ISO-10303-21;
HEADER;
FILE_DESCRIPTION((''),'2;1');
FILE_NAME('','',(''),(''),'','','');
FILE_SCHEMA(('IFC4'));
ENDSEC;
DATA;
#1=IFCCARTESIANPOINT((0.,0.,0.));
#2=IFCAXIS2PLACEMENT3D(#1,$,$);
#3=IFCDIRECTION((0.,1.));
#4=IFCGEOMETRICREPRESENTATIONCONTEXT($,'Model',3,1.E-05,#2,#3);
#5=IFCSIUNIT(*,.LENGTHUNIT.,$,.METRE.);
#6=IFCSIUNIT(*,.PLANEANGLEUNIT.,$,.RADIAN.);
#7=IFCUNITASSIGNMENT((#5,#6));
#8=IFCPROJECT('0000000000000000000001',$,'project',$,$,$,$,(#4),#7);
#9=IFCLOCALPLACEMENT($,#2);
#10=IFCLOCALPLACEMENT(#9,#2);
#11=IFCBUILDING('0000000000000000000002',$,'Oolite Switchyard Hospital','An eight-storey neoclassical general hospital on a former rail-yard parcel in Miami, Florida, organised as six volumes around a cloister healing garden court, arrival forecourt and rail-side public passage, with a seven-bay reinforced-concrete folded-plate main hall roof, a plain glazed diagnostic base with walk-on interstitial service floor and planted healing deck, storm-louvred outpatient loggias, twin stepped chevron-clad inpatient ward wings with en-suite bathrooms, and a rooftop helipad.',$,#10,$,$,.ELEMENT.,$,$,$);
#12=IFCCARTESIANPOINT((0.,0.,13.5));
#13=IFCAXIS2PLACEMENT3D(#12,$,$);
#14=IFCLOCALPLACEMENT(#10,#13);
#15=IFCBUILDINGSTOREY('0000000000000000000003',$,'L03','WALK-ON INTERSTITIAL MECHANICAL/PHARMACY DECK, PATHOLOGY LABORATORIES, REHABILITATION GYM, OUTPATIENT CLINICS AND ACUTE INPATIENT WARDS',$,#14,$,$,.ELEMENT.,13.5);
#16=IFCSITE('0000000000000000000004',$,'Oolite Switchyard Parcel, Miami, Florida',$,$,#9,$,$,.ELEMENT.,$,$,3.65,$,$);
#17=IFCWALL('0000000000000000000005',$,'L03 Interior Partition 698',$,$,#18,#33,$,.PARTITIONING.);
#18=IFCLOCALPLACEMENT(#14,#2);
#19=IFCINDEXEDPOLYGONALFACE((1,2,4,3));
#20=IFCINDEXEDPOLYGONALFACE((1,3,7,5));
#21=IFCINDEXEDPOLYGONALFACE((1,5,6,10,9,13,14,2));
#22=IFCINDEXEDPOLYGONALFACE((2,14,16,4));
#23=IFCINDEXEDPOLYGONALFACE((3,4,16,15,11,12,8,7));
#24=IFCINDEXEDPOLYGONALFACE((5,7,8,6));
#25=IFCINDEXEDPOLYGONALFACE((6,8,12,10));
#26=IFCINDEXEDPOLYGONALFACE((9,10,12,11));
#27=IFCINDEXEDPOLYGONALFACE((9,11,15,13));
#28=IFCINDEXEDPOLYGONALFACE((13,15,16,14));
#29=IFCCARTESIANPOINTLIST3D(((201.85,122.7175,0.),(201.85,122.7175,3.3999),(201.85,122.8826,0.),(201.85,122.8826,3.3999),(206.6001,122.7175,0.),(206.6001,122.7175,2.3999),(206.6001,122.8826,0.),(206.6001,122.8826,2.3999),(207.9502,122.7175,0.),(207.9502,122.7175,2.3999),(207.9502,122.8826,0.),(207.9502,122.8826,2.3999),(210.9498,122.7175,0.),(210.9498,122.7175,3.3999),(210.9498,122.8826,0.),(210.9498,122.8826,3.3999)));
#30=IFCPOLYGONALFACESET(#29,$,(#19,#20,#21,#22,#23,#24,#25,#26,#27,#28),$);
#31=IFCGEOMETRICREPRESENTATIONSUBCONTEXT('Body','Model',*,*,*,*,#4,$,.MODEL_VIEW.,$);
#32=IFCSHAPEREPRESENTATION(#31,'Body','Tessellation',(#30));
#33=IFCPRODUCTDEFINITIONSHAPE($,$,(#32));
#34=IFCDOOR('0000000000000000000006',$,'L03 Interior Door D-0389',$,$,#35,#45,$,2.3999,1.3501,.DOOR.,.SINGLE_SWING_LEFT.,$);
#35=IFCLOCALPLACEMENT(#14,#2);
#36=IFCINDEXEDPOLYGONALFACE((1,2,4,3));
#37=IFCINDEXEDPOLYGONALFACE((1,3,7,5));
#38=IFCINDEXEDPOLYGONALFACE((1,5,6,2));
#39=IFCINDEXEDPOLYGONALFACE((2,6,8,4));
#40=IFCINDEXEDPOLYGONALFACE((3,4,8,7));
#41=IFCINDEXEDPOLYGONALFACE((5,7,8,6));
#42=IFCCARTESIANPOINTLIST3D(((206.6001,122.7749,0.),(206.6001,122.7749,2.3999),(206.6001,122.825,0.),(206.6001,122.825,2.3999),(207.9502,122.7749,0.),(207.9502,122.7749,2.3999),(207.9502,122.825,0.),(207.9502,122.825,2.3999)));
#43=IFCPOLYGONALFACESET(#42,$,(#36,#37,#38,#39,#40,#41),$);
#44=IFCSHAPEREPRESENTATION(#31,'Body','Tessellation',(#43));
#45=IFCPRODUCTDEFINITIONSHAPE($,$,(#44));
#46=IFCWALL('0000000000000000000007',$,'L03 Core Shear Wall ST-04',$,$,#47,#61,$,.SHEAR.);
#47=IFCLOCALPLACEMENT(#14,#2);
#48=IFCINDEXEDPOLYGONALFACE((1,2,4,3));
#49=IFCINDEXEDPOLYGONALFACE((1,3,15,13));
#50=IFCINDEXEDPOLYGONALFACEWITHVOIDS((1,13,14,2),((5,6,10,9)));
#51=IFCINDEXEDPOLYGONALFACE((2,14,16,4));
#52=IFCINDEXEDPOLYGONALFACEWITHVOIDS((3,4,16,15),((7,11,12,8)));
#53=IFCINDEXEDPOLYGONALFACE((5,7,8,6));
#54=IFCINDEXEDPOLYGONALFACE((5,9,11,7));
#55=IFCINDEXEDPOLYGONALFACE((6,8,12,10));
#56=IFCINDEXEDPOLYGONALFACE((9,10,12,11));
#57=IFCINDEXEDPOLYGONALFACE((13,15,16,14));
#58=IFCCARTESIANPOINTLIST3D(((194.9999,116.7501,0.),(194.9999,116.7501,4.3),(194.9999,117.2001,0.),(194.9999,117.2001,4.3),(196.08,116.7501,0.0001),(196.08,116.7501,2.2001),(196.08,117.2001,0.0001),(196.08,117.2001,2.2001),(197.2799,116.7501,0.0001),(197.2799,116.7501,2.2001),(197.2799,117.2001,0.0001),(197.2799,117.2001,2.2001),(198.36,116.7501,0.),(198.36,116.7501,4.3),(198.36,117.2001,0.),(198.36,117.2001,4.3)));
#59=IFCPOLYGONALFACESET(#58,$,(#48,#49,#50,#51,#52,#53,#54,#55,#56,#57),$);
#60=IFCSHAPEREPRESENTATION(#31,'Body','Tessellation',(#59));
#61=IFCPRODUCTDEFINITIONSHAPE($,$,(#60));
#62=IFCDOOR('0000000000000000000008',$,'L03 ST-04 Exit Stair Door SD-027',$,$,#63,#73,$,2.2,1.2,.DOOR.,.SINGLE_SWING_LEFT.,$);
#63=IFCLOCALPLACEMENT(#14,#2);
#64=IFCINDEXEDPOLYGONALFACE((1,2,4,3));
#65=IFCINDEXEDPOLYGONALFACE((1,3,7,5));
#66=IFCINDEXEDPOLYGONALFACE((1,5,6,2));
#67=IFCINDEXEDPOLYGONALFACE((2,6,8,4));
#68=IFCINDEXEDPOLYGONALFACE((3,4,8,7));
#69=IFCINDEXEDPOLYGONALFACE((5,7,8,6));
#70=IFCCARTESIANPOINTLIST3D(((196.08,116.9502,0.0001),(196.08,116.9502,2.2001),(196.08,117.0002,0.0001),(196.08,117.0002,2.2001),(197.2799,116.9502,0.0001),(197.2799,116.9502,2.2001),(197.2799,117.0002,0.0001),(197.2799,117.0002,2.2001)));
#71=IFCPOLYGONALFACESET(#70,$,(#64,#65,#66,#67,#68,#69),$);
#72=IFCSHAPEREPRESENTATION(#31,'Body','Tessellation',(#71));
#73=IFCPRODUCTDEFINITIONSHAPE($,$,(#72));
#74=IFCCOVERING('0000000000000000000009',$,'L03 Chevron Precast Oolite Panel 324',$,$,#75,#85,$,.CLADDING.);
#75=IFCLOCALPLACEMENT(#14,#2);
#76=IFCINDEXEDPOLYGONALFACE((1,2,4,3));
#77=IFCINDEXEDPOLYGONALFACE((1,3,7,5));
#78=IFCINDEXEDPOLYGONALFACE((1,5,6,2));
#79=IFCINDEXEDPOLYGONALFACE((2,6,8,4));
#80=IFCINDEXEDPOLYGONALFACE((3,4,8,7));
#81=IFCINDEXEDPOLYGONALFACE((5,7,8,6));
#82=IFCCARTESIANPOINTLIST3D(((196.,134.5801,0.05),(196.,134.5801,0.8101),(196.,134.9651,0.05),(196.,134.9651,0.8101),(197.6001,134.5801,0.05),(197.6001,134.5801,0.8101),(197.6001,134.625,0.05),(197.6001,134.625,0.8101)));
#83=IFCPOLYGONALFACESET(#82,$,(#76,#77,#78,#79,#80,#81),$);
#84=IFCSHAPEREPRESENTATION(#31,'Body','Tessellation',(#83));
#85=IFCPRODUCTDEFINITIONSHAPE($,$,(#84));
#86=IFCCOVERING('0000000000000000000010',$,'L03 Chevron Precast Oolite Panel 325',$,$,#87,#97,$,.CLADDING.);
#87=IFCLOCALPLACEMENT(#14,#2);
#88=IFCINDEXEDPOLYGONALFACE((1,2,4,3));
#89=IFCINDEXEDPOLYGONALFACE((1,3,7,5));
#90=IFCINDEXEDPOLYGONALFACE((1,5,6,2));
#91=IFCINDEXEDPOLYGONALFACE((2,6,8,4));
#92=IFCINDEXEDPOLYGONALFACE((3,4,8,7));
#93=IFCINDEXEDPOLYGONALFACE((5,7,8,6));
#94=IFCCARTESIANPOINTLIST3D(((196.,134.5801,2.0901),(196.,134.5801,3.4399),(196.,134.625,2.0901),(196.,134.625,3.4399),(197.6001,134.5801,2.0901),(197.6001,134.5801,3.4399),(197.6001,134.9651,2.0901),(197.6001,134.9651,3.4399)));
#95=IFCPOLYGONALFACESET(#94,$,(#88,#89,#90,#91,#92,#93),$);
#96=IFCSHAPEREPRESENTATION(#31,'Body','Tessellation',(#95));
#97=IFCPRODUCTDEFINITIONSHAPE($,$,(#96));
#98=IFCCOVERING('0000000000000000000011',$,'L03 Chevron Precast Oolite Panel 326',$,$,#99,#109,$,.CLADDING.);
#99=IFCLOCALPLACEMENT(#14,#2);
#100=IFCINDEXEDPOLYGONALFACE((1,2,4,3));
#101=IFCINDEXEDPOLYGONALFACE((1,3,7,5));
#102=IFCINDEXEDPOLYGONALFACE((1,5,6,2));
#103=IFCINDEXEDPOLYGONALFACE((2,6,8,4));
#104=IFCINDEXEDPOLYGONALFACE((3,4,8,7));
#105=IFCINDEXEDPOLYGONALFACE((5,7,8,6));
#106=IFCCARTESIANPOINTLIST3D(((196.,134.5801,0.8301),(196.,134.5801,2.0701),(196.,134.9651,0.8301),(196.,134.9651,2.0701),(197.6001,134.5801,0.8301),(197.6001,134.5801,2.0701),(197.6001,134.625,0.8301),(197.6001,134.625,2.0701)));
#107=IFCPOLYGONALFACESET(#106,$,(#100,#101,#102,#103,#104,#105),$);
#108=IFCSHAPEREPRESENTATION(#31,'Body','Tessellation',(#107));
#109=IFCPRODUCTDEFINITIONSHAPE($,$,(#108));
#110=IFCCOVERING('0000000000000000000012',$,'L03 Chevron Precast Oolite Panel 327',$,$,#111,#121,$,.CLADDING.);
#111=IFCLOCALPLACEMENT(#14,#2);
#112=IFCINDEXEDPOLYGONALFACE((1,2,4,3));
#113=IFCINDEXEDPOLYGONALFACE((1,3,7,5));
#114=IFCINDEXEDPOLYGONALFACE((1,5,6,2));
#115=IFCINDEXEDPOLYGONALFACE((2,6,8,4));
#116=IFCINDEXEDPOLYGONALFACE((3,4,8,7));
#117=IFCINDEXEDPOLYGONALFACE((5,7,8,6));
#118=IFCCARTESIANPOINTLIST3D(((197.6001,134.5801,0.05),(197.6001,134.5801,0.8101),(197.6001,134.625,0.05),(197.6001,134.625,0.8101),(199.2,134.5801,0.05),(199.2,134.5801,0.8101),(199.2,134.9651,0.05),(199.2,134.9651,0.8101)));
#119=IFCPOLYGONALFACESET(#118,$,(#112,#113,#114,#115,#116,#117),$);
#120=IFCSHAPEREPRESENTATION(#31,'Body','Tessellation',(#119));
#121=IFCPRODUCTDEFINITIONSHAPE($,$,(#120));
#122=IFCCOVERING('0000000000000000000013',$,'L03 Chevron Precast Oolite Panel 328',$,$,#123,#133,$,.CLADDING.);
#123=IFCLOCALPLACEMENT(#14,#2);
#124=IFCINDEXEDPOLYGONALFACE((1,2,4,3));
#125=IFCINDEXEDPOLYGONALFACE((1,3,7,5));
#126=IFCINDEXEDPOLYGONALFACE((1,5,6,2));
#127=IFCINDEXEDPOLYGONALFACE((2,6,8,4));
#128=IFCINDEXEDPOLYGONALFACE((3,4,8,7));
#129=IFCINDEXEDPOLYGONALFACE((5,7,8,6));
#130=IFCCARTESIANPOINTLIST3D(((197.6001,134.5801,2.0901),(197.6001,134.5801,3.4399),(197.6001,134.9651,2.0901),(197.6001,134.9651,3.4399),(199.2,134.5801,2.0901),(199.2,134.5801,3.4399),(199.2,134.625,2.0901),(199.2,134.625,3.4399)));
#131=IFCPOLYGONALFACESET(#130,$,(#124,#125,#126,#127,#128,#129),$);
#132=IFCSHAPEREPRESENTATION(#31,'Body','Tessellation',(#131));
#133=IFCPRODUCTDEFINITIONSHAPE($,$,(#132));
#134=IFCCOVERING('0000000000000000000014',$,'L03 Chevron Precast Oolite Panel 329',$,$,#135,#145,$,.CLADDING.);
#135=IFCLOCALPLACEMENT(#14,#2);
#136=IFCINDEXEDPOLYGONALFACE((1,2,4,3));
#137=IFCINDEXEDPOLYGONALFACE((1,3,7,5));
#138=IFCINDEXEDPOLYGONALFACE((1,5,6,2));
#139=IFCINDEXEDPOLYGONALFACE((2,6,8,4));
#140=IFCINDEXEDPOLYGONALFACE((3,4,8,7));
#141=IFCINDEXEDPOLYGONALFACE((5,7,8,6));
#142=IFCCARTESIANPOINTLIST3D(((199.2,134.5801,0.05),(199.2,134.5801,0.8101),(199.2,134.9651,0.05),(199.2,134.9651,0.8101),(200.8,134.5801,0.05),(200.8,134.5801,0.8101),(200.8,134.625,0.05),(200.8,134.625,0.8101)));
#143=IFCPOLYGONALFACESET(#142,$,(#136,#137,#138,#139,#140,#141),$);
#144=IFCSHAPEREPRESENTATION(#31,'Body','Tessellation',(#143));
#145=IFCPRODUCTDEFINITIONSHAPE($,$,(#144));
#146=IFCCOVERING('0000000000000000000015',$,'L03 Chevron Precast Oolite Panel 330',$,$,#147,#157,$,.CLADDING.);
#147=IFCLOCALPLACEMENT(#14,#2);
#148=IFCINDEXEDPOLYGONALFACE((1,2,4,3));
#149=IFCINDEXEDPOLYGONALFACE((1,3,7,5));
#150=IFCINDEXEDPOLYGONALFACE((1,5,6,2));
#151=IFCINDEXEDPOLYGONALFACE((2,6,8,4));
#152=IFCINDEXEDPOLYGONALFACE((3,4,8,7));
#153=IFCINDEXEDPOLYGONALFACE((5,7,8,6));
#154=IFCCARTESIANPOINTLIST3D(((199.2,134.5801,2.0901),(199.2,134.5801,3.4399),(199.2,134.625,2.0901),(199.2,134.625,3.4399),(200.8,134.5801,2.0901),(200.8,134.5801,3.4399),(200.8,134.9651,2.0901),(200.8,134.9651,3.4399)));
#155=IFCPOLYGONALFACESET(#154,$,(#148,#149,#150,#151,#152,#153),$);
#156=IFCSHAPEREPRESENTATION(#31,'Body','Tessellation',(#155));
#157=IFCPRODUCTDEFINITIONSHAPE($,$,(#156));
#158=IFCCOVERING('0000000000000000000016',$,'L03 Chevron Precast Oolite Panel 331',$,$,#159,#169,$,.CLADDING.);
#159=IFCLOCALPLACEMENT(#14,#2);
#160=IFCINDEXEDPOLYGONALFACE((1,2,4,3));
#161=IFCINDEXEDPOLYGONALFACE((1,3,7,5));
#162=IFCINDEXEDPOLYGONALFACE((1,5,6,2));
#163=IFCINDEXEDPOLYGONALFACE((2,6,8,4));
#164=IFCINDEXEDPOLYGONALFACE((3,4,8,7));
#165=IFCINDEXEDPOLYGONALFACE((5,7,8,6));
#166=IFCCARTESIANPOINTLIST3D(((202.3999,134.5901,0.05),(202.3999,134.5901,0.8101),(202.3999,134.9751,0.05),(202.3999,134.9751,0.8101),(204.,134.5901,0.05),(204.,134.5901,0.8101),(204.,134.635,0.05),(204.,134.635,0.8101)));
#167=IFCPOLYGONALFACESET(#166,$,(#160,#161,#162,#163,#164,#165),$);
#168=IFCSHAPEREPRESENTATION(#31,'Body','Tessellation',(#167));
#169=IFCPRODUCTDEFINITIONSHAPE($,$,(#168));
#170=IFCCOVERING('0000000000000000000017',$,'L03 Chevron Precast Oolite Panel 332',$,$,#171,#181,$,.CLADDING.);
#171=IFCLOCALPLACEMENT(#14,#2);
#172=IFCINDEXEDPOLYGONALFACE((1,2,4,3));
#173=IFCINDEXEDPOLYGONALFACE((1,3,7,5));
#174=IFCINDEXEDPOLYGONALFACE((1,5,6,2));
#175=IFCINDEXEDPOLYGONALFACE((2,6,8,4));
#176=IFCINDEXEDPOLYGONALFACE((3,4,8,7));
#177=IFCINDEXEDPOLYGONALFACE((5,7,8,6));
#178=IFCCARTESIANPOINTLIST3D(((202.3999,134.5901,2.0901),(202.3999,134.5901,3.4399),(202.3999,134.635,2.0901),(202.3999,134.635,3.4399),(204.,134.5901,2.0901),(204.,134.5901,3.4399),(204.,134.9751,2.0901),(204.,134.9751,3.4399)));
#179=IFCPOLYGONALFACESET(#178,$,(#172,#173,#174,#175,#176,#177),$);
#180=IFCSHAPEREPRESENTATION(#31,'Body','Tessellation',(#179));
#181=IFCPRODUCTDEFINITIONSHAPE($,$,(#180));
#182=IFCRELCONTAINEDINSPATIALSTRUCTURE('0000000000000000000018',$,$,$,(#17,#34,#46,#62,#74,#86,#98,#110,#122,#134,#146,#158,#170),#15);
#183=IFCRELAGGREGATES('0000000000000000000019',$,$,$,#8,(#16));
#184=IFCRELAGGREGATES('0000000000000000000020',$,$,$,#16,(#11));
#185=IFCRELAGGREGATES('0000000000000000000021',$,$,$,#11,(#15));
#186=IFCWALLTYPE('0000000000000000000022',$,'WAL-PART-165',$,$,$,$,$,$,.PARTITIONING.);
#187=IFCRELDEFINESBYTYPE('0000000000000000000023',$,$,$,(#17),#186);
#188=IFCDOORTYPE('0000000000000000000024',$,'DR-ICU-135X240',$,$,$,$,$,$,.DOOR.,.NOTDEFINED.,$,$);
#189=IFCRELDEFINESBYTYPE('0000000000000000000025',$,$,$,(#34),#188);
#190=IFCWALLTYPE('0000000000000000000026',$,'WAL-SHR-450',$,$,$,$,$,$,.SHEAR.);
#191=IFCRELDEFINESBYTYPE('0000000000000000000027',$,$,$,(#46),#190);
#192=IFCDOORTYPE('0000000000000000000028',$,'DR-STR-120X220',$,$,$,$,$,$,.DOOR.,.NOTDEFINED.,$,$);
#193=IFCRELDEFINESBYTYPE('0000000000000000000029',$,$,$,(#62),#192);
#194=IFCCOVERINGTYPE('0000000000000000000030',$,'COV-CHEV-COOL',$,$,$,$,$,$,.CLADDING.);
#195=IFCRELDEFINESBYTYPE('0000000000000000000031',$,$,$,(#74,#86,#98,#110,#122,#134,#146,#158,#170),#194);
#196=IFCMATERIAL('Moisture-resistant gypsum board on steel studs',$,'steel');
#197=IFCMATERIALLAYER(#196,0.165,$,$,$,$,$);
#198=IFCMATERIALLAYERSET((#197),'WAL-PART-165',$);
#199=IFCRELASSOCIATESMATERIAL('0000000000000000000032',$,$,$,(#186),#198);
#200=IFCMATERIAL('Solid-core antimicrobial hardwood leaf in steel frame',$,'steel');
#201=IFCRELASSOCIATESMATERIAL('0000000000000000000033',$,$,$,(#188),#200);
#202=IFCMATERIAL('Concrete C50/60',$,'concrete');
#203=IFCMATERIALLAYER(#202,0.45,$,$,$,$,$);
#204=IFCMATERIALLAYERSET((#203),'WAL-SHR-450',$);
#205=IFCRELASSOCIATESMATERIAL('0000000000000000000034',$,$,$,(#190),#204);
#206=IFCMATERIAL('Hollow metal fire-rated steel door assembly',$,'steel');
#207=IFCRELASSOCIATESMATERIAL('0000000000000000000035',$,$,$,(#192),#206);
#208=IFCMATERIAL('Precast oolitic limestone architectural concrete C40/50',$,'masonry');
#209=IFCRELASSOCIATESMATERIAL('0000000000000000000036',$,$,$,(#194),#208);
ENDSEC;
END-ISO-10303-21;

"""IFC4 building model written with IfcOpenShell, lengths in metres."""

from ifc_helpers import new_model, si_unit, direction, frame, frame_2d, origin, place, context, subcontext, project, spatial, polyline, rectangle, outline, extrude, material, layer, layer_set, type_object, element, fill, save


model = new_model("IFC4")

# Units and contexts
model_context = context("Model", 3, precision=1e-05, world=origin(), true_north=direction((0.0, 1.0)))
body_context = subcontext(model_context, "Body", "Model", "MODEL_VIEW")
ifc_project = project(units=[si_unit("LENGTHUNIT", "METRE"), si_unit("PLANEANGLEUNIT", "RADIAN")], contexts=[model_context])

# Site, building, storey
site_placement = place(None, origin())
site = spatial("IfcSite", under=ifc_project, at=site_placement, Name="Oolite Switchyard Parcel, Miami, Florida", CompositionType="ELEMENT", RefElevation=3.65)
building_placement = place(site_placement, origin())
building = spatial("IfcBuilding", under=site, at=building_placement, Name="Oolite Switchyard Hospital", Description="An eight-storey neoclassical general hospital on a former rail-yard parcel in Miami, Florida, organised as six volumes around a cloister healing garden court, arrival forecourt and rail-side public passage, with a seven-bay reinforced-concrete folded-plate main hall roof, a plain glazed diagnostic base with walk-on interstitial service floor and planted healing deck, storm-louvred outpatient loggias, twin stepped chevron-clad inpatient ward wings with en-suite bathrooms, and a rooftop helipad.", CompositionType="ELEMENT")
storey_placement = place(building_placement, frame((0.0, 0.0, 13.5)))
storey = spatial("IfcBuildingStorey", under=building, at=storey_placement, Name="L03", Description="WALK-ON INTERSTITIAL MECHANICAL/PHARMACY DECK, PATHOLOGY LABORATORIES, REHABILITATION GYM, OUTPATIENT CLINICS AND ACUTE INPATIENT WARDS", CompositionType="ELEMENT", Elevation=13.5)

# Shared definitions
ifc_material_1 = material(Name="Concrete C50/60", Category="concrete")

# Shared definitions
ifc_material_2 = material(Name="Precast oolitic limestone architectural concrete C40/50", Category="masonry")

# Shared definitions
ifc_material_3 = material(Name="Moisture-resistant gypsum board on steel studs", Category="steel")

# Walls, openings, doors
ifc_layer_1 = layer(ifc_material_3, 0.165)
ifc_layer_set_1 = layer_set([ifc_layer_1], Name="WAL-PART-165")
wall_type_1 = type_object("IfcWallType", Name="WAL-PART-165", PredefinedType="PARTITIONING", material=ifc_layer_set_1)
ifc_material_4 = material(Name="Solid-core antimicrobial hardwood leaf in steel frame", Category="steel")
wall_1_placement = place(storey_placement, frame((201.8501, 122.8, 0.0), z_axis=(0.0, 0.0, 1.0), x_axis=(1.0, 0.0, 0.0)))
wall_1 = element("IfcWall", 1, at=wall_1_placement, inside=storey, type_object=wall_type_1, Name="L03 Interior Partition 698", PredefinedType="PARTITIONING", context=body_context, shape_type="SweptSolid", body=[
    extrude(rectangle(XDim=9.0999, YDim=0.165, at=frame_2d((4.5498, 0.0))), origin(), (0.0, 0.0, 1.0), 3.3999),
])
opening_1_placement = place(wall_1_placement, frame((4.75, 0.0, 0.0)))
opening_1 = element("IfcOpeningElement", 2, at=opening_1_placement, cuts=wall_1, PredefinedType="OPENING", context=body_context, shape_type="SweptSolid", body=[
    extrude(rectangle(XDim=1.3501, YDim=2.3999, at=frame_2d((0.675, 1.2))), frame((0.0, 0.0925, 0.0), z_axis=(0.0, -1.0, 0.0), x_axis=(1.0, 0.0, 0.0)), (0.0, 0.0, 1.0), 0.1851),
])
door_type_1 = type_object("IfcDoorType", Name="DR-ICU-135X240", OperationType="NOTDEFINED", PredefinedType="DOOR", material=ifc_material_4)
door_1_placement = place(opening_1_placement, origin())
door_1 = element("IfcDoor", 3, at=door_1_placement, inside=storey, type_object=door_type_1, Name="L03 Interior Door D-0389", OperationType="SINGLE_SWING_LEFT", OverallHeight=2.3999, OverallWidth=1.3501, PredefinedType="DOOR", context=body_context, shape_type="SweptSolid", body=[
    extrude(rectangle(XDim=1.3501, YDim=2.3999, at=frame_2d((0.675, 1.2))), frame((0.0, 0.0249, 0.0), z_axis=(0.0, -1.0, 0.0), x_axis=(1.0, 0.0, 0.0)), (0.0, 0.0, 1.0), 0.05),
])
fill(opening_1, door_1)
ifc_layer_2 = layer(ifc_material_1, 0.45)
ifc_layer_set_2 = layer_set([ifc_layer_2], Name="WAL-SHR-450")
wall_type_2 = type_object("IfcWallType", Name="WAL-SHR-450", PredefinedType="SHEAR", material=ifc_layer_set_2)
wall_2_placement = place(storey_placement, frame((198.3601, 116.9751, 0.0), z_axis=(0.0, 0.0, 1.0), x_axis=(-1.0, 0.0, 0.0)))
wall_2 = element("IfcWall", 4, at=wall_2_placement, inside=storey, type_object=wall_type_2, Name="L03 Core Shear Wall ST-04", PredefinedType="SHEAR", context=body_context, shape_type="SweptSolid", body=[
    extrude(rectangle(XDim=3.3601, YDim=0.45, at=frame_2d((1.6802, 0.0))), origin(), (0.0, 0.0, 1.0), 4.3),
])
opening_2_placement = place(wall_2_placement, frame((1.0801, 0.0, 0.0)))
opening_2 = element("IfcOpeningElement", 5, at=opening_2_placement, cuts=wall_2, PredefinedType="OPENING", context=body_context, shape_type="SweptSolid", body=[
    extrude(rectangle(XDim=1.2, YDim=2.2, at=frame_2d((0.6001, 1.1001))), frame((0.0, 0.2349, 0.0), z_axis=(0.0, -1.0, 0.0), x_axis=(1.0, 0.0, 0.0)), (0.0, 0.0, 1.0), 0.47),
])
ifc_material_5 = material(Name="Hollow metal fire-rated steel door assembly", Category="steel")
door_type_2 = type_object("IfcDoorType", Name="DR-STR-120X220", OperationType="NOTDEFINED", PredefinedType="DOOR", material=ifc_material_5)
door_2_placement = place(opening_2_placement, origin())
door_2 = element("IfcDoor", 6, at=door_2_placement, inside=storey, type_object=door_type_2, Name="L03 ST-04 Exit Stair Door SD-027", OperationType="SINGLE_SWING_LEFT", OverallHeight=2.2, OverallWidth=1.2, PredefinedType="DOOR", context=body_context, shape_type="SweptSolid", body=[
    extrude(rectangle(XDim=1.2, YDim=2.2, at=frame_2d((0.6001, 1.1001))), frame((0.0, 0.0249, 0.0), z_axis=(0.0, -1.0, 0.0), x_axis=(1.0, 0.0, 0.0)), (0.0, 0.0, 1.0), 0.05),
])
fill(opening_2, door_2)

# Coverings
covering_type = type_object("IfcCoveringType", Name="COV-CHEV-COOL", PredefinedType="CLADDING", material=ifc_material_2)
covering_1_placement = place(storey_placement, frame((196.0, 134.5801, 0.05), z_axis=(0.0, 0.0, 1.0), x_axis=(1.0, 0.0, 0.0)))
element("IfcCovering", 7, at=covering_1_placement, inside=storey, type_object=covering_type, Name="L03 Chevron Precast Oolite Panel 324", PredefinedType="CLADDING", context=body_context, shape_type="SweptSolid", body=[
    extrude(outline(polyline([(0.0, 0.0), (1.6001, 0.0), (1.6001, 0.0449), (0.0, 0.385), (0.0, 0.0)])), origin(), (0.0, 0.0, 1.0), 0.76),
])
covering_2_placement = place(storey_placement, frame((196.0, 134.5801, 2.0901), z_axis=(0.0, 0.0, 1.0), x_axis=(1.0, 0.0, 0.0)))
element("IfcCovering", 8, at=covering_2_placement, inside=storey, type_object=covering_type, Name="L03 Chevron Precast Oolite Panel 325", PredefinedType="CLADDING", context=body_context, shape_type="SweptSolid", body=[
    extrude(outline(polyline([(0.0, 0.0), (1.6001, 0.0), (1.6001, 0.385), (0.0, 0.0449), (0.0, 0.0)])), origin(), (0.0, 0.0, 1.0), 1.3499),
])
covering_3_placement = place(storey_placement, frame((196.0, 134.5801, 0.8301), z_axis=(0.0, 0.0, 1.0), x_axis=(1.0, 0.0, 0.0)))
element("IfcCovering", 9, at=covering_3_placement, inside=storey, type_object=covering_type, Name="L03 Chevron Precast Oolite Panel 326", PredefinedType="CLADDING", context=body_context, shape_type="SweptSolid", body=[
    extrude(outline(polyline([(0.0, 0.0), (1.6001, 0.0), (1.6001, 0.0449), (0.0, 0.385), (0.0, 0.0)])), origin(), (0.0, 0.0, 1.0), 1.24),
])
covering_4_placement = place(storey_placement, frame((197.6001, 134.5801, 0.05), z_axis=(0.0, 0.0, 1.0), x_axis=(1.0, 0.0, 0.0)))
element("IfcCovering", 10, at=covering_4_placement, inside=storey, type_object=covering_type, Name="L03 Chevron Precast Oolite Panel 327", PredefinedType="CLADDING", context=body_context, shape_type="SweptSolid", body=[
    extrude(outline(polyline([(0.0, 0.0), (1.5999, 0.0), (1.5999, 0.385), (0.0, 0.0449), (0.0, 0.0)])), origin(), (0.0, 0.0, 1.0), 0.76),
])
covering_5_placement = place(storey_placement, frame((197.6001, 134.5801, 2.0901), z_axis=(0.0, 0.0, 1.0), x_axis=(1.0, 0.0, 0.0)))
element("IfcCovering", 11, at=covering_5_placement, inside=storey, type_object=covering_type, Name="L03 Chevron Precast Oolite Panel 328", PredefinedType="CLADDING", context=body_context, shape_type="SweptSolid", body=[
    extrude(outline(polyline([(0.0, 0.0), (1.5999, 0.0), (1.5999, 0.0449), (0.0, 0.385), (0.0, 0.0)])), origin(), (0.0, 0.0, 1.0), 1.3499),
])
covering_6_placement = place(storey_placement, frame((199.2, 134.5801, 0.05), z_axis=(0.0, 0.0, 1.0), x_axis=(1.0, 0.0, 0.0)))
element("IfcCovering", 12, at=covering_6_placement, inside=storey, type_object=covering_type, Name="L03 Chevron Precast Oolite Panel 329", PredefinedType="CLADDING", context=body_context, shape_type="SweptSolid", body=[
    extrude(outline(polyline([(0.0, 0.0), (1.6001, 0.0), (1.6001, 0.0449), (0.0, 0.385), (0.0, 0.0)])), origin(), (0.0, 0.0, 1.0), 0.76),
])
covering_7_placement = place(storey_placement, frame((199.2, 134.5801, 2.0901), z_axis=(0.0, 0.0, 1.0), x_axis=(1.0, 0.0, 0.0)))
element("IfcCovering", 13, at=covering_7_placement, inside=storey, type_object=covering_type, Name="L03 Chevron Precast Oolite Panel 330", PredefinedType="CLADDING", context=body_context, shape_type="SweptSolid", body=[
    extrude(outline(polyline([(0.0, 0.0), (1.6001, 0.0), (1.6001, 0.385), (0.0, 0.0449), (0.0, 0.0)])), origin(), (0.0, 0.0, 1.0), 1.3499),
])
covering_8_placement = place(storey_placement, frame((202.3999, 134.5901, 0.05), z_axis=(0.0, 0.0, 1.0), x_axis=(1.0, 0.0, 0.0)))
element("IfcCovering", 14, at=covering_8_placement, inside=storey, type_object=covering_type, Name="L03 Chevron Precast Oolite Panel 331", PredefinedType="CLADDING", context=body_context, shape_type="SweptSolid", body=[
    extrude(outline(polyline([(0.0, 0.0), (1.6001, 0.0), (1.6001, 0.0449), (0.0, 0.385), (0.0, 0.0)])), origin(), (0.0, 0.0, 1.0), 0.76),
])
covering_9_placement = place(storey_placement, frame((202.3999, 134.5901, 2.0901), z_axis=(0.0, 0.0, 1.0), x_axis=(1.0, 0.0, 0.0)))
element("IfcCovering", 15, at=covering_9_placement, inside=storey, type_object=covering_type, Name="L03 Chevron Precast Oolite Panel 332", PredefinedType="CLADDING", context=body_context, shape_type="SweptSolid", body=[
    extrude(outline(polyline([(0.0, 0.0), (1.6001, 0.0), (1.6001, 0.385), (0.0, 0.0449), (0.0, 0.0)])), origin(), (0.0, 0.0, 1.0), 1.3499),
])

save(model, "model.ifc")
